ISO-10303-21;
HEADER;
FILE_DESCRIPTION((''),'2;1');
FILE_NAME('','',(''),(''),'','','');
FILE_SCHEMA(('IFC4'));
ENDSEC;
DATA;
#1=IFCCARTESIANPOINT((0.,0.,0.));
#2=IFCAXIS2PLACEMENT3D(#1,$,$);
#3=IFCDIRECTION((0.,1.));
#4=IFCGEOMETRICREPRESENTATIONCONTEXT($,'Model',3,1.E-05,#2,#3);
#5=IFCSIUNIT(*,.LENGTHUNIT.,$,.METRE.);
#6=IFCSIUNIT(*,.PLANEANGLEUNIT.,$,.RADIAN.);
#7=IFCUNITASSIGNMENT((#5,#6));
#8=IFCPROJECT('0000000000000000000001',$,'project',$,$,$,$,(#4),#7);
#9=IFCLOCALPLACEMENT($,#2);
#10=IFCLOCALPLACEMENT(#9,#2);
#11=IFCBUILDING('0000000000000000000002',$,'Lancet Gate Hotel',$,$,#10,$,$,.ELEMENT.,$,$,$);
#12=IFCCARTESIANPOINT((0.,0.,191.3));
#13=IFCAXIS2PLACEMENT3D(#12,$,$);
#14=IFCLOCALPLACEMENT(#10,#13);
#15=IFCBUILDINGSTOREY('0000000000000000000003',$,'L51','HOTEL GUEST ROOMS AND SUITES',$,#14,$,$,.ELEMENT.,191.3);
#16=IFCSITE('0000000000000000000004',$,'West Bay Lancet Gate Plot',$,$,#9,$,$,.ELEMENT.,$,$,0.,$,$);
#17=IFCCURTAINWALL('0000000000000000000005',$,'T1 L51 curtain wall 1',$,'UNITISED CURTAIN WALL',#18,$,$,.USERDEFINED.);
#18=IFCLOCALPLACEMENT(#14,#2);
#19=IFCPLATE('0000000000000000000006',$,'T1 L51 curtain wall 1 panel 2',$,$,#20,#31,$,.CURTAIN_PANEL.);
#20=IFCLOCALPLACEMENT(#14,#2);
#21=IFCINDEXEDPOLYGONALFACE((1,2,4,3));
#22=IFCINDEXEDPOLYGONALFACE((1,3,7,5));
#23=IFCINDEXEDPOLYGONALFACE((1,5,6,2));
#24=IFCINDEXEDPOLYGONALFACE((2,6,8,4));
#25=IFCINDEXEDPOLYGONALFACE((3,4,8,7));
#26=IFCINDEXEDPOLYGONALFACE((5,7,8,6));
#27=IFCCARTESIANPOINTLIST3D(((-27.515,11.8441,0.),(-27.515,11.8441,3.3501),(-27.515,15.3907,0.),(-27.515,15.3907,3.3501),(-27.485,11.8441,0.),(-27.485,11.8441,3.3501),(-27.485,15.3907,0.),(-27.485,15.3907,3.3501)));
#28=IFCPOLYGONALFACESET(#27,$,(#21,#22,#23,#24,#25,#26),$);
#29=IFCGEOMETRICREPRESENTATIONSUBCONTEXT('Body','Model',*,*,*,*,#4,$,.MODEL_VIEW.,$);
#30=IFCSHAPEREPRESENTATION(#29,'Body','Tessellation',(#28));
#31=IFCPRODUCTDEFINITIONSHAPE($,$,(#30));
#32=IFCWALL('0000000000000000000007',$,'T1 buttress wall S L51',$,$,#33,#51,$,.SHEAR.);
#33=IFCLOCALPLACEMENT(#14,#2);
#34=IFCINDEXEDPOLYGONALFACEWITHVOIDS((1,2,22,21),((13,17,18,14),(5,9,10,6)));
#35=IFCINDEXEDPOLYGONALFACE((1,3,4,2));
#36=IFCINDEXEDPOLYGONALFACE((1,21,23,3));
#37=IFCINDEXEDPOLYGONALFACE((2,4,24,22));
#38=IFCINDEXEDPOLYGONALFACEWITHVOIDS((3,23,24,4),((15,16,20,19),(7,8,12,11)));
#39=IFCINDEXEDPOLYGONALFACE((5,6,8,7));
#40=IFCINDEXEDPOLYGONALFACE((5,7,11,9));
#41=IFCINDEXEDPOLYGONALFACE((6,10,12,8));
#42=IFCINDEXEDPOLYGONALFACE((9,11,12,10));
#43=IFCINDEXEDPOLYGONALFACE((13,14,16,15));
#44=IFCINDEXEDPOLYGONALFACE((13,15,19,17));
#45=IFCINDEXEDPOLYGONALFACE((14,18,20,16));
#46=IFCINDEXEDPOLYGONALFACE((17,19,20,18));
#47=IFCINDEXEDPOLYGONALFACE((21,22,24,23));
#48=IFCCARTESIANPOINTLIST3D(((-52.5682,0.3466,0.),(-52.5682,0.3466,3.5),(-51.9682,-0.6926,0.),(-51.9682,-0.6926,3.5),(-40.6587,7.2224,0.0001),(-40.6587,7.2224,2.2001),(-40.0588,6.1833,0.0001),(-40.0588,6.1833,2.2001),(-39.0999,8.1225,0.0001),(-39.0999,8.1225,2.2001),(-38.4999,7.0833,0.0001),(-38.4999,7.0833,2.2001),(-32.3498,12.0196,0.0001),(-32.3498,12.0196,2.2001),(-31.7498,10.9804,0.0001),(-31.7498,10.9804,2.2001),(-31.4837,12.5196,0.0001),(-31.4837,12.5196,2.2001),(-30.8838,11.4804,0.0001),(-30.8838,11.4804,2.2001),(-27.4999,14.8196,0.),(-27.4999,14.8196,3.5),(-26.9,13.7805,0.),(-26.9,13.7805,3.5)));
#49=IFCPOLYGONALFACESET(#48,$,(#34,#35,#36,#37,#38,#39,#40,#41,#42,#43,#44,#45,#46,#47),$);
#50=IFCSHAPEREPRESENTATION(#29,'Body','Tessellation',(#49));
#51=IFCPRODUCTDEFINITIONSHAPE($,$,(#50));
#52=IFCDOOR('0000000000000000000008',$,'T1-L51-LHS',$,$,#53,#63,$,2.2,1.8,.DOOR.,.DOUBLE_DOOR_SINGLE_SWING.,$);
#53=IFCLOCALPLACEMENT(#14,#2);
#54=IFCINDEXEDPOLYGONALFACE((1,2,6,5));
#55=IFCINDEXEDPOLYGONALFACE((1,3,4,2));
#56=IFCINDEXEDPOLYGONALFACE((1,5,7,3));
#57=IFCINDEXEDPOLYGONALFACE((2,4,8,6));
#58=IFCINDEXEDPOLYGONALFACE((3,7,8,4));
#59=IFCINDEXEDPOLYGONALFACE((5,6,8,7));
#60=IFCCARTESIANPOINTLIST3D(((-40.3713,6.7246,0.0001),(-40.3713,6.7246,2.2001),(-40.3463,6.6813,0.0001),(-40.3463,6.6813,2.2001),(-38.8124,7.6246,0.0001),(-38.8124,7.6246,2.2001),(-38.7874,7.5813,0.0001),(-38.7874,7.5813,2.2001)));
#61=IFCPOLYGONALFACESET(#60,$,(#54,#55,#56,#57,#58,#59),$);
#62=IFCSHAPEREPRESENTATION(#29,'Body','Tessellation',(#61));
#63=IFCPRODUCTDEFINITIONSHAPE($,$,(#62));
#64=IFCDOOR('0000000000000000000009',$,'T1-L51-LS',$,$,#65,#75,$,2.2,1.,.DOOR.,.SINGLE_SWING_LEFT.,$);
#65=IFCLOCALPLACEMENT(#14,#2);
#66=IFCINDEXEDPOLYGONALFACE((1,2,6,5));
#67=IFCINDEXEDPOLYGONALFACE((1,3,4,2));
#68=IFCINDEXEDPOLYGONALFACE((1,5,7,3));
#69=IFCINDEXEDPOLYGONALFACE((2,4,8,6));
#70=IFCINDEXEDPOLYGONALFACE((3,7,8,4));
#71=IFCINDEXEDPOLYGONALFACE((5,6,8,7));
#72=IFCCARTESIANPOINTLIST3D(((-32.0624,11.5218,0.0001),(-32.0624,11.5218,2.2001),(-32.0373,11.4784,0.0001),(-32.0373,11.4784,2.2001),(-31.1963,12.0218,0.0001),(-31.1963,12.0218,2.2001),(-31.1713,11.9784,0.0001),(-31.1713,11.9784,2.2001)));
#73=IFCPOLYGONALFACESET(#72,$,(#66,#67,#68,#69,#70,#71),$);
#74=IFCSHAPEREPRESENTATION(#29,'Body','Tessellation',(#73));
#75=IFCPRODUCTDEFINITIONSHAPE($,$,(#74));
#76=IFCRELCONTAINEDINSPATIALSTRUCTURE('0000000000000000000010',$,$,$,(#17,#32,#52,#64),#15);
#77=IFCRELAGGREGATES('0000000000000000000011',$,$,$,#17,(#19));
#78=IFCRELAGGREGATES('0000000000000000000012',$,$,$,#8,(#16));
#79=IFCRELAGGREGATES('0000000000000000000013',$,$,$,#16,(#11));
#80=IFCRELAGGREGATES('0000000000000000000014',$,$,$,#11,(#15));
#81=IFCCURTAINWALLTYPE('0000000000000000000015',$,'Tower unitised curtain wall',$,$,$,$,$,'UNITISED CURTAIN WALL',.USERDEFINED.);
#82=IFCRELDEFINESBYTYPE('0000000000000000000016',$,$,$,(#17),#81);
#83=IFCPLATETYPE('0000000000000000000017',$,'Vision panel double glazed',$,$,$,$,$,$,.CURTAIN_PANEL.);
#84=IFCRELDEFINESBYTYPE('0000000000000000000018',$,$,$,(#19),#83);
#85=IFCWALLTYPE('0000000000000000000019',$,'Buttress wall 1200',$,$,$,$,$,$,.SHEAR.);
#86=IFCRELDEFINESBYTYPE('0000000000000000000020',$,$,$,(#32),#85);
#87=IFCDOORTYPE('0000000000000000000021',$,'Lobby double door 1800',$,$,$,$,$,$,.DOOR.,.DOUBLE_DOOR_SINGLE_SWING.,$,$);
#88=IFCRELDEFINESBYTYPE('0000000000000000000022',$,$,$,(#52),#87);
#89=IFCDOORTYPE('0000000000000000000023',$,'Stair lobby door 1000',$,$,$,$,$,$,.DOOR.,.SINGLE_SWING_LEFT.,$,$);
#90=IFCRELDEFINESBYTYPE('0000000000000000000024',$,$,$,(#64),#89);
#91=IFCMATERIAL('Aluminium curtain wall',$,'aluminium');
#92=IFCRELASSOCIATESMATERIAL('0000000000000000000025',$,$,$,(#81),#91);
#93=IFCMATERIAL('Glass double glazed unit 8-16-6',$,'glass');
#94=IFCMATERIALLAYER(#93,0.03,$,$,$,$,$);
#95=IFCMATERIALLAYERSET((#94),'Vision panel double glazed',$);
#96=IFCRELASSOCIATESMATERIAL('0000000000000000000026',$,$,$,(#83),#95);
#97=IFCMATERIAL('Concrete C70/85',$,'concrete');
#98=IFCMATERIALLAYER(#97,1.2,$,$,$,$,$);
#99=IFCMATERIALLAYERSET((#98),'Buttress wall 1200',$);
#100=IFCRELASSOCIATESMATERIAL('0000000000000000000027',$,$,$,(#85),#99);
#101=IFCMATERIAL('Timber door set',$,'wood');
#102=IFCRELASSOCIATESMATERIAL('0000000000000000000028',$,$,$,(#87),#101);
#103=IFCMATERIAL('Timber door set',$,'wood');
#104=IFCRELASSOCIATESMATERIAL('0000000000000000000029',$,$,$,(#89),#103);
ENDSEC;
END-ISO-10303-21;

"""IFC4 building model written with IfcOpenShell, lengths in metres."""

from ifc_helpers import new_model, si_unit, direction, frame, frame_2d, origin, origin_2d, place, context, subcontext, project, spatial, rectangle, extrude, material, layer, layer_set, type_object, element, fill, aggregate, save


model = new_model("IFC4")

# Units and contexts
model_context = context("Model", 3, precision=1e-05, world=origin(), true_north=direction((0.0, 1.0)))
body_context = subcontext(model_context, "Body", "Model", "MODEL_VIEW")
ifc_project = project(units=[si_unit("LENGTHUNIT", "METRE"), si_unit("PLANEANGLEUNIT", "RADIAN")], contexts=[model_context])

# Site, building, storey
site_placement = place(None, origin())
site = spatial("IfcSite", under=ifc_project, at=site_placement, Name="West Bay Lancet Gate Plot", CompositionType="ELEMENT", RefElevation=0.0)
building_placement = place(site_placement, origin())
building = spatial("IfcBuilding", under=site, at=building_placement, Name="Lancet Gate Hotel", CompositionType="ELEMENT")
storey_placement = place(building_placement, frame((0.0, 0.0, 191.3)))
storey = spatial("IfcBuildingStorey", under=building, at=storey_placement, Name="L51", Description="HOTEL GUEST ROOMS AND SUITES", CompositionType="ELEMENT", Elevation=191.3)

# Curtain wall
ifc_material_1 = material(Name="Aluminium curtain wall", Category="aluminium")
curtain_wall_type = type_object("IfcCurtainWallType", Name="Tower unitised curtain wall", ElementType="UNITISED CURTAIN WALL", PredefinedType="USERDEFINED", material=ifc_material_1)
curtain_wall_placement = place(storey_placement, origin())
curtain_wall = element("IfcCurtainWall", 1, at=curtain_wall_placement, inside=storey, type_object=curtain_wall_type, Name="T1 L51 curtain wall 1", ObjectType="UNITISED CURTAIN WALL", PredefinedType="USERDEFINED")

# Plate
ifc_material_2 = material(Name="Glass double glazed unit 8-16-6", Category="glass")
ifc_layer_1 = layer(ifc_material_2, 0.03)
ifc_layer_set_1 = layer_set([ifc_layer_1], Name="Vision panel double glazed")
plate_type = type_object("IfcPlateType", Name="Vision panel double glazed", PredefinedType="CURTAIN_PANEL", material=ifc_layer_set_1)
plate_1_placement = place(storey_placement, frame((-27.5, 13.6174, 0.0), z_axis=(0.0, 0.0, 1.0), x_axis=(0.0, 1.0, 0.0)))
plate_1 = element("IfcPlate", 2, at=plate_1_placement, type_object=plate_type, Name="T1 L51 curtain wall 1 panel 2", PredefinedType="CURTAIN_PANEL", context=body_context, shape_type="SweptSolid", body=[
    extrude(rectangle(XDim=3.5466, YDim=0.03, at=origin_2d()), origin(), (0.0, 0.0, 1.0), 3.3501),
])
aggregate(curtain_wall, [plate_1])

# Wall, openings, doors
ifc_material_3 = material(Name="Concrete C70/85", Category="concrete")
ifc_layer_2 = layer(ifc_material_3, 1.2)
ifc_layer_set_2 = layer_set([ifc_layer_2], Name="Buttress wall 1200")
wall_type = type_object("IfcWallType", Name="Buttress wall 1200", PredefinedType="SHEAR", material=ifc_layer_set_2)
wall_placement = place(storey_placement, frame((-27.2, 14.3, 0.0), z_axis=(0.0, 0.0, 1.0), x_axis=(-0.866027, -0.499998, 0.0)))
wall = element("IfcWall", 3, at=wall_placement, inside=storey, type_object=wall_type, Name="T1 buttress wall S L51", PredefinedType="SHEAR", context=body_context, shape_type="SweptSolid", body=[
    extrude(rectangle(XDim=28.9463, YDim=1.2, at=frame_2d((14.4731, 0.0))), origin(), (0.0, 0.0, 1.0), 3.5),
])
opening_1_placement = place(wall_placement, frame((4.6001, 0.0, 0.0)))
opening_1 = element("IfcOpeningElement", 4, at=opening_1_placement, cuts=wall, PredefinedType="OPENING", context=body_context, shape_type="SweptSolid", body=[
    extrude(rectangle(XDim=1.0, YDim=2.2, at=frame_2d((0.5, 1.1001))), frame((0.0, 0.6099, 0.0), z_axis=(0.0, -1.0, 0.0), x_axis=(1.0, 0.0, 0.0)), (0.0, 0.0, 1.0), 1.22),
])
opening_2_placement = place(wall_placement, frame((13.3945, 0.0, 0.0)))
opening_2 = element("IfcOpeningElement", 5, at=opening_2_placement, cuts=wall, PredefinedType="OPENING", context=body_context, shape_type="SweptSolid", body=[
    extrude(rectangle(XDim=1.8, YDim=2.2, at=frame_2d((0.8999, 1.1001))), frame((0.0, 0.6099, 0.0), z_axis=(0.0, -1.0, 0.0), x_axis=(1.0, 0.0, 0.0)), (0.0, 0.0, 1.0), 1.22),
])
ifc_material_4 = material(Name="Timber door set", Category="wood")
door_type_1 = type_object("IfcDoorType", Name="Lobby double door 1800", OperationType="DOUBLE_DOOR_SINGLE_SWING", PredefinedType="DOOR", material=ifc_material_4)
door_1_placement = place(opening_2_placement, origin())
door_1 = element("IfcDoor", 6, at=door_1_placement, inside=storey, type_object=door_type_1, Name="T1-L51-LHS", OperationType="DOUBLE_DOOR_SINGLE_SWING", OverallHeight=2.2, OverallWidth=1.8, PredefinedType="DOOR", context=body_context, shape_type="SweptSolid", body=[
    extrude(rectangle(XDim=1.8, YDim=2.2, at=frame_2d((0.8999, 1.1001))), frame((0.0, 0.0249, 0.0), z_axis=(0.0, -1.0, 0.0), x_axis=(1.0, 0.0, 0.0)), (0.0, 0.0, 1.0), 0.05),
])
fill(opening_2, door_1)
ifc_material_5 = material(Name="Timber door set", Category="wood")
door_type_2 = type_object("IfcDoorType", Name="Stair lobby door 1000", OperationType="SINGLE_SWING_LEFT", PredefinedType="DOOR", material=ifc_material_5)
door_2_placement = place(opening_1_placement, origin())
door_2 = element("IfcDoor", 7, at=door_2_placement, inside=storey, type_object=door_type_2, Name="T1-L51-LS", OperationType="SINGLE_SWING_LEFT", OverallHeight=2.2, OverallWidth=1.0, PredefinedType="DOOR", context=body_context, shape_type="SweptSolid", body=[
    extrude(rectangle(XDim=1.0, YDim=2.2, at=frame_2d((0.5, 1.1001))), frame((0.0, 0.0249, 0.0), z_axis=(0.0, -1.0, 0.0), x_axis=(1.0, 0.0, 0.0)), (0.0, 0.0, 1.0), 0.05),
])
fill(opening_1, door_2)

save(model, "model.ifc")
